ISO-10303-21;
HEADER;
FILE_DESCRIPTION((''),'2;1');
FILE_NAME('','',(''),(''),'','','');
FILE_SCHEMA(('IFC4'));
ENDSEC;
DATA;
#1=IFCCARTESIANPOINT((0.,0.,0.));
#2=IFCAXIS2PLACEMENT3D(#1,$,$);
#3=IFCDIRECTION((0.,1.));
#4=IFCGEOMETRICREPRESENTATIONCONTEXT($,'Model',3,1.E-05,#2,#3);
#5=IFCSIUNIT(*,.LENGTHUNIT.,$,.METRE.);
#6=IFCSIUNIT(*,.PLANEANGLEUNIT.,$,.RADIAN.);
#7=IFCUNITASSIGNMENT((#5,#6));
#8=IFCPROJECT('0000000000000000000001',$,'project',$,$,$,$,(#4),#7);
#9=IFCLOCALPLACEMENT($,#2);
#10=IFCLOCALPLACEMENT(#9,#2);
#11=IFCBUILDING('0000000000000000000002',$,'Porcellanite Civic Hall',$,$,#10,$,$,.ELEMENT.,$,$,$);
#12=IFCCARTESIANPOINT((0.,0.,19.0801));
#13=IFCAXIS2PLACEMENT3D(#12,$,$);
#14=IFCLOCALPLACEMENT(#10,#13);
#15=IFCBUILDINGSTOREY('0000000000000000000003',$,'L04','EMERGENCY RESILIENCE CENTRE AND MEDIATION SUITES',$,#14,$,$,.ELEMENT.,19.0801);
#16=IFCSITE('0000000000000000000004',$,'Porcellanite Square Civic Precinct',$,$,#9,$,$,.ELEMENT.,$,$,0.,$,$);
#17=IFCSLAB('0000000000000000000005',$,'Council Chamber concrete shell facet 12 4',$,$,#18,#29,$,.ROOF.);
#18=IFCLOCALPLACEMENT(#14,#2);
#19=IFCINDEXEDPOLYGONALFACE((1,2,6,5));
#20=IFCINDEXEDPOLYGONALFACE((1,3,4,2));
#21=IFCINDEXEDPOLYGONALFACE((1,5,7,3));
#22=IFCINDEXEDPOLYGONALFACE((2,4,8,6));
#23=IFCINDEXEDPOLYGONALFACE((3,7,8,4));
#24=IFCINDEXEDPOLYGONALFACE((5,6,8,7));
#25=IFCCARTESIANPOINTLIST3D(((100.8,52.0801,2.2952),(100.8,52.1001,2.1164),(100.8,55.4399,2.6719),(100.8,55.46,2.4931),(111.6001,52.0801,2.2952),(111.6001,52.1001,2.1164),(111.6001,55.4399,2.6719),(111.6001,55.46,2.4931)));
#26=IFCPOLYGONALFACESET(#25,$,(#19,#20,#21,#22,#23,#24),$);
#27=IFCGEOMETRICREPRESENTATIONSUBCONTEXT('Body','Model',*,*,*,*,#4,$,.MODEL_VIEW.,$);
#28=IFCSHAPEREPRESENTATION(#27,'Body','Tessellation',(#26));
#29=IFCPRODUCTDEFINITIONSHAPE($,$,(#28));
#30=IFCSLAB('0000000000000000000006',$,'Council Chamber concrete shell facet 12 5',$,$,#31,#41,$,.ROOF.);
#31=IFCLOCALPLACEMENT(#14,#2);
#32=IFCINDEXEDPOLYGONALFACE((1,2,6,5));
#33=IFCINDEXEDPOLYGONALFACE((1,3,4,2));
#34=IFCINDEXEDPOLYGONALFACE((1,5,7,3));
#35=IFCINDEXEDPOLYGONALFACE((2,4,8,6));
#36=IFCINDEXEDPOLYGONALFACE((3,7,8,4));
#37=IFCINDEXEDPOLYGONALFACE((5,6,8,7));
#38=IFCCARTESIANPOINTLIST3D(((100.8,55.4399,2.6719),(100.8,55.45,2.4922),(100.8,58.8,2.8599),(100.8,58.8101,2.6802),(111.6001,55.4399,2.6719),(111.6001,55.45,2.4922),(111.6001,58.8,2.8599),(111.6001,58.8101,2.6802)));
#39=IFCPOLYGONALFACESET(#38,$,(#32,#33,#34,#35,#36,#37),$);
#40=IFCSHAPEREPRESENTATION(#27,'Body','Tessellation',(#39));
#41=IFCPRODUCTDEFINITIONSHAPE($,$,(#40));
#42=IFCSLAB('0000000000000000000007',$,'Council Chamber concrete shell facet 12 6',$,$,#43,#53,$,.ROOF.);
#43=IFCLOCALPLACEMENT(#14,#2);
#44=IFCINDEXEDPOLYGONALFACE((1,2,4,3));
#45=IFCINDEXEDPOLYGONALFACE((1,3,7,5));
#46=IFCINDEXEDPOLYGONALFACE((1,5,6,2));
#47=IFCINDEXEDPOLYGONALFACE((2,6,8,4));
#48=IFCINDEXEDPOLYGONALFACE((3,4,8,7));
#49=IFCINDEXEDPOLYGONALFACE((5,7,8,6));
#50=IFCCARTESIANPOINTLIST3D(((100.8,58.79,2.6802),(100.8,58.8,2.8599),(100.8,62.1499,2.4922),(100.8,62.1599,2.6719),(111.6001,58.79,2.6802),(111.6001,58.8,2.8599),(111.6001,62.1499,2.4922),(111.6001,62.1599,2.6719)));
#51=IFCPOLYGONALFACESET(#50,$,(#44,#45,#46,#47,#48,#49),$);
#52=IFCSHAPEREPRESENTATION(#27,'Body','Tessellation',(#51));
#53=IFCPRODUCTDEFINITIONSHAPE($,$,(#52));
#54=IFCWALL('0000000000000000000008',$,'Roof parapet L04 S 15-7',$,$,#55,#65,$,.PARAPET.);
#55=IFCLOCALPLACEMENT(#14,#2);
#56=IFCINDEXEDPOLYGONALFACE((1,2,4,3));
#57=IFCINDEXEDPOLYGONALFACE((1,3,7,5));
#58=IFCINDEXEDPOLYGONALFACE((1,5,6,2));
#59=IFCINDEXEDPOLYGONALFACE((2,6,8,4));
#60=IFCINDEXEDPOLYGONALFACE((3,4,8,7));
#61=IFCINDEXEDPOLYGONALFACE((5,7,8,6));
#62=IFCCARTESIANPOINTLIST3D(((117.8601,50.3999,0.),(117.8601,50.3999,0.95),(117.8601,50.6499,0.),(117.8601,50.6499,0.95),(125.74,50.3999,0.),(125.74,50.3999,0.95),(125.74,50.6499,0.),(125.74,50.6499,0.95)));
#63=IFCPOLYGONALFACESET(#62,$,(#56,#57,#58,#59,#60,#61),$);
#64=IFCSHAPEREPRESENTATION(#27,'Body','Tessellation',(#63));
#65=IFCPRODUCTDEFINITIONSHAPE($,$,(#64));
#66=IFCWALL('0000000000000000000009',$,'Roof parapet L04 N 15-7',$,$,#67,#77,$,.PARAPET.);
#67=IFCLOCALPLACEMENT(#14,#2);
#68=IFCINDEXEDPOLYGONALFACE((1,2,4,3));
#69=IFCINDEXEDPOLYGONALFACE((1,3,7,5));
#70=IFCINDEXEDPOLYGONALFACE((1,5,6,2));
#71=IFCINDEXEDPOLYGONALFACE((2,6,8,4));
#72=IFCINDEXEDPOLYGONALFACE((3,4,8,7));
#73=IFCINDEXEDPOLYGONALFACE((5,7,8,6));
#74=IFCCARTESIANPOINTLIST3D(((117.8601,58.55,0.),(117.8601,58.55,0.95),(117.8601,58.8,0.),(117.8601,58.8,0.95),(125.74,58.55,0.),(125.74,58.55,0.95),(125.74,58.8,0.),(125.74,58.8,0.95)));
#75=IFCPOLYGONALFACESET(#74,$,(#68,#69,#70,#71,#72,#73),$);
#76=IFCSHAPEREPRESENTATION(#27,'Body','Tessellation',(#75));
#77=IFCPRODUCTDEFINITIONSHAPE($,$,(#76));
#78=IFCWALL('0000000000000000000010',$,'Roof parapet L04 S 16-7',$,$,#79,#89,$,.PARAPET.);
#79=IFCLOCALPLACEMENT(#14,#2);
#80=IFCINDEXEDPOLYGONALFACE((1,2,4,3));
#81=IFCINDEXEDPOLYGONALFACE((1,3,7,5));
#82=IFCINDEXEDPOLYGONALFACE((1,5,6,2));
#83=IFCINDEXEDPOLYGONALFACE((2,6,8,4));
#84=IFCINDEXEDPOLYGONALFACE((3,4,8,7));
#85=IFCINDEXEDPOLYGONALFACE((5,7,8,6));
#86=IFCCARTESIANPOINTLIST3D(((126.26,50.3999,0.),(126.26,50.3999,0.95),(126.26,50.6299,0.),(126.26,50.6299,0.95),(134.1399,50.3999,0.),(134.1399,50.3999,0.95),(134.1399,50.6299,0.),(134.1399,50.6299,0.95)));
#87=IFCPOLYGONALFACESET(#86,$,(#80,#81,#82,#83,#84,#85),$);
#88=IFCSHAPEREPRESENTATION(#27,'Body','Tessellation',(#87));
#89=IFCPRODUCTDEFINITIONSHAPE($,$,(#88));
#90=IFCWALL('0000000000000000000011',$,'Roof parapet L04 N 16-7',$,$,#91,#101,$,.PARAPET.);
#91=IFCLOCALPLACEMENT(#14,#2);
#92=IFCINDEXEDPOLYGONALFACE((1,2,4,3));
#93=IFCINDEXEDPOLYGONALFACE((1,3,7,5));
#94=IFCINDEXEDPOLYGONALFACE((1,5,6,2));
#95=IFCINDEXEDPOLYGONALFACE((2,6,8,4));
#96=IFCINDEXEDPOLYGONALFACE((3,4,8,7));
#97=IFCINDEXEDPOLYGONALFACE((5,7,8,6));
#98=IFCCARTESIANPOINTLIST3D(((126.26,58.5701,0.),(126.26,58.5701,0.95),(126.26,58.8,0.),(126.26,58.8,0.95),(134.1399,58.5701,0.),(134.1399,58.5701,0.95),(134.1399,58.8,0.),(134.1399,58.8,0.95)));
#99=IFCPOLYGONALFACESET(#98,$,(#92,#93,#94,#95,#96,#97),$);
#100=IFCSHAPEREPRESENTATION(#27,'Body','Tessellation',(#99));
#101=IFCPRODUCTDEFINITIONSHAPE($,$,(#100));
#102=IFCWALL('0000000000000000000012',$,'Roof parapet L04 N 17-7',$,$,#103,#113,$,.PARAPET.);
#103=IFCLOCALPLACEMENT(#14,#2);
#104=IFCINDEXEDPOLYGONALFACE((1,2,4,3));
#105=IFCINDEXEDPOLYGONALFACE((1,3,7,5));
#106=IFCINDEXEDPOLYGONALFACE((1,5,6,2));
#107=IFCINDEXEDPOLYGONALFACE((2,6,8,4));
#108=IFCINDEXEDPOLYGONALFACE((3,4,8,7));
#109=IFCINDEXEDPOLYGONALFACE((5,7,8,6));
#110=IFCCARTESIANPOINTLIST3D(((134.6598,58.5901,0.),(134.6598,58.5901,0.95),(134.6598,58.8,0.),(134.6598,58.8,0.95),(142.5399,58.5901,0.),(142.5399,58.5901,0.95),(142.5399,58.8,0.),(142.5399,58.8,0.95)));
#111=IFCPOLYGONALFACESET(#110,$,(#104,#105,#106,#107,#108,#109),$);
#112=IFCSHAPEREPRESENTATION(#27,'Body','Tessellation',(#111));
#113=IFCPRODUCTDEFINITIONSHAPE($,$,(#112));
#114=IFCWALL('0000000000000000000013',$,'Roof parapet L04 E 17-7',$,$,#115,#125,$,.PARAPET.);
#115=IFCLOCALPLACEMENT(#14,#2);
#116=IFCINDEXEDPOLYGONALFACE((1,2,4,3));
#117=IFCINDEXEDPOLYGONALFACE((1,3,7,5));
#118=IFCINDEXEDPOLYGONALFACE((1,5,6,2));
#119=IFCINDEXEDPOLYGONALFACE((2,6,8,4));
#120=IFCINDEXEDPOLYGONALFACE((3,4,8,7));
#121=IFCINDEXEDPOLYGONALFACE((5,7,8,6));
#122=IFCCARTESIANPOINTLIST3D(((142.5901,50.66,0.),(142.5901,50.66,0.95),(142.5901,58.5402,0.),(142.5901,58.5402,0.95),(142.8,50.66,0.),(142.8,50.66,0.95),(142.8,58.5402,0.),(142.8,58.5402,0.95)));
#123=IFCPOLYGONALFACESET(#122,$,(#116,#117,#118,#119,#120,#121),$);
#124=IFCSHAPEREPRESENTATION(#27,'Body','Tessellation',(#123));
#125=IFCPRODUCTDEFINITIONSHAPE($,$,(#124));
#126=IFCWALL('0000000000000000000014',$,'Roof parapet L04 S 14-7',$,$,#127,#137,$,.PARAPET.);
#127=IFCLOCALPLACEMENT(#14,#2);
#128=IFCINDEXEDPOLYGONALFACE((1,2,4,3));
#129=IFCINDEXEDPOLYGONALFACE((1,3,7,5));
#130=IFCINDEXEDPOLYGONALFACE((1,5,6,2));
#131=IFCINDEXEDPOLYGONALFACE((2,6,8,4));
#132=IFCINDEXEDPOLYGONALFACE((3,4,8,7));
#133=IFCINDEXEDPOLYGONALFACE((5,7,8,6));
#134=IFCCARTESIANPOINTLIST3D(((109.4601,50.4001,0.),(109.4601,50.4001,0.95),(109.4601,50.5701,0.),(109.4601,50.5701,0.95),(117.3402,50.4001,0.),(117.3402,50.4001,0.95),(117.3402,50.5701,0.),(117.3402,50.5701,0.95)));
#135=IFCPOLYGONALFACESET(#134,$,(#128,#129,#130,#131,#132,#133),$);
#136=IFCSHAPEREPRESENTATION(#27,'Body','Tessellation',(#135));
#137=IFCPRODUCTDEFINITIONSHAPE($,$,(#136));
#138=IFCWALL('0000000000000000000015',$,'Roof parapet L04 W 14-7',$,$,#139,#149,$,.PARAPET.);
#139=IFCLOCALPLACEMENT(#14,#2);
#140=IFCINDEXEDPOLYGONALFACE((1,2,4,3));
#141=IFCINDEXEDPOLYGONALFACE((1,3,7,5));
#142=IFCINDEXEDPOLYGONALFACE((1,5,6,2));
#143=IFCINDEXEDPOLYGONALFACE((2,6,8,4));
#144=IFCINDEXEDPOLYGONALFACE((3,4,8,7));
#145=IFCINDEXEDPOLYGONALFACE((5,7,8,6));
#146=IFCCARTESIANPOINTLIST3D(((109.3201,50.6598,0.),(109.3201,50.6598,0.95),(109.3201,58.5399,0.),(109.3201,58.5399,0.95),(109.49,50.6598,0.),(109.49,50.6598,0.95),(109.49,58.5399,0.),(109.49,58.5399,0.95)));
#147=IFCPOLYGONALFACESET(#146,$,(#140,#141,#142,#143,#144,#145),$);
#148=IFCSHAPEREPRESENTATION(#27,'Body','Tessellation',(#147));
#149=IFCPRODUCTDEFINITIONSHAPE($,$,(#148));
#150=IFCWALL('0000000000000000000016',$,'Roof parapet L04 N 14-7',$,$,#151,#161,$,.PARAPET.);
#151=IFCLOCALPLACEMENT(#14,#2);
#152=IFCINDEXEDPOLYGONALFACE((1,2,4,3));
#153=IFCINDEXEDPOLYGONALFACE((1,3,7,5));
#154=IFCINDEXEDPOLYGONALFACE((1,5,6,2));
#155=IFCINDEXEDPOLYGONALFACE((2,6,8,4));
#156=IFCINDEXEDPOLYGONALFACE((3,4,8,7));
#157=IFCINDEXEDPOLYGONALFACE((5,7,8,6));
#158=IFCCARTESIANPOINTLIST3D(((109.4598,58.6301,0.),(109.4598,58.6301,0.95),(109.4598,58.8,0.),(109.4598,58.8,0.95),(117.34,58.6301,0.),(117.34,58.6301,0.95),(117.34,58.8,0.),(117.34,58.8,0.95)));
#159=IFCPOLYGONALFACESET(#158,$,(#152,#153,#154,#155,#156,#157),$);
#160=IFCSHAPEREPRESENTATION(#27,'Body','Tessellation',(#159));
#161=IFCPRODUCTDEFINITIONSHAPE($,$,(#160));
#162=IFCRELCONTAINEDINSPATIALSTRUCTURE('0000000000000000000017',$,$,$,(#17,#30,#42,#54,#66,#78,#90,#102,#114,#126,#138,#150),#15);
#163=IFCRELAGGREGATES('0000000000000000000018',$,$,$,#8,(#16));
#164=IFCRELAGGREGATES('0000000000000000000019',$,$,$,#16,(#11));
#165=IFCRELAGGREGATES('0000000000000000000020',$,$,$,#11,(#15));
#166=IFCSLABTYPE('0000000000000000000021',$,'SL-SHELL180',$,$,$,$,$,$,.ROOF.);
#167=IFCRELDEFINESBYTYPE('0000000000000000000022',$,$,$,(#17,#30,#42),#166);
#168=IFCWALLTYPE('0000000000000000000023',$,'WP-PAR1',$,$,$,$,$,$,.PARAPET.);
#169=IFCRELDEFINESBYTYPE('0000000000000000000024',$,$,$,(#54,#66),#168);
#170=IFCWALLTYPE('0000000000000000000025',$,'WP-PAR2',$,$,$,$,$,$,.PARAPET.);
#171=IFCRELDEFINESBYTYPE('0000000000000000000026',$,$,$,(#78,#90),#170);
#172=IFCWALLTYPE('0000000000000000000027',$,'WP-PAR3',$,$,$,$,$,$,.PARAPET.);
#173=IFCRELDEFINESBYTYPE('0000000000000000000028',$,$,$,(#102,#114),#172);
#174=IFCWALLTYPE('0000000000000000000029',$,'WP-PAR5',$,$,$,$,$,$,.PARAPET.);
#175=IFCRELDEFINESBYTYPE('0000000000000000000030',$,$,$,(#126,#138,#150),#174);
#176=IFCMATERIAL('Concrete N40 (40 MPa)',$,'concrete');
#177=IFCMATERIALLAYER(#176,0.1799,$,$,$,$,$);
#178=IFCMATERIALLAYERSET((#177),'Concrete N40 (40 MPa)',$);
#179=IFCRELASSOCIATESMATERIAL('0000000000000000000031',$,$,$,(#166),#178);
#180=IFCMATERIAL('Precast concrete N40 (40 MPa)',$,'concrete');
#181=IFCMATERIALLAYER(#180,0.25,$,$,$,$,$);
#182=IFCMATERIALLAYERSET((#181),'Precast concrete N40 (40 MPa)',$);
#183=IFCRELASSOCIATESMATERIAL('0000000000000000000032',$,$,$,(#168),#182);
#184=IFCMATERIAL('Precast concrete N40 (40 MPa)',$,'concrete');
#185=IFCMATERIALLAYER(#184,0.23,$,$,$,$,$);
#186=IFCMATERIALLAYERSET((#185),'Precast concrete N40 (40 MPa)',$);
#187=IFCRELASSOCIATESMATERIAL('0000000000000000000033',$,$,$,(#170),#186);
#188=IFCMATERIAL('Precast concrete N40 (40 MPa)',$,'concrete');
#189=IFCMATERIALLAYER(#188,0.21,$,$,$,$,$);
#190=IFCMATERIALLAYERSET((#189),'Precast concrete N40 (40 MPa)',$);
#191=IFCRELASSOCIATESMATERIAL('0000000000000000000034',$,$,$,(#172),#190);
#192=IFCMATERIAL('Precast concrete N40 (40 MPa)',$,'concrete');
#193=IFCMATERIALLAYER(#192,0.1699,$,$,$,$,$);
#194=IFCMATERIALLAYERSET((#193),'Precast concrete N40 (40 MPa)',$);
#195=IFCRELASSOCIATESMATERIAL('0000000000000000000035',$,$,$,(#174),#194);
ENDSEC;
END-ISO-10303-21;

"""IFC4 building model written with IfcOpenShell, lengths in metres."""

from ifc_helpers import new_model, si_unit, direction, frame, frame_2d, origin, place, context, subcontext, project, spatial, polyline, rectangle, outline, extrude, material, layer, layer_set, type_object, element, save


model = new_model("IFC4")

# Units and contexts
model_context = context("Model", 3, precision=1e-05, world=origin(), true_north=direction((0.0, 1.0)))
body_context = subcontext(model_context, "Body", "Model", "MODEL_VIEW")
ifc_project = project(units=[si_unit("LENGTHUNIT", "METRE"), si_unit("PLANEANGLEUNIT", "RADIAN")], contexts=[model_context])

# Site, building, storey
site_placement = place(None, origin())
site = spatial("IfcSite", under=ifc_project, at=site_placement, Name="Porcellanite Square Civic Precinct", CompositionType="ELEMENT", RefElevation=0.0)
building_placement = place(site_placement, origin())
building = spatial("IfcBuilding", under=site, at=building_placement, Name="Porcellanite Civic Hall", CompositionType="ELEMENT")
storey_placement = place(building_placement, frame((0.0, 0.0, 19.0801)))
storey = spatial("IfcBuildingStorey", under=building, at=storey_placement, Name="L04", Description="EMERGENCY RESILIENCE CENTRE AND MEDIATION SUITES", CompositionType="ELEMENT", Elevation=19.0801)

# Slabs
ifc_material_1 = material(Name="Concrete N40 (40 MPa)", Category="concrete")
ifc_layer_1 = layer(ifc_material_1, 0.1799)
ifc_layer_set_1 = layer_set([ifc_layer_1], Name="Concrete N40 (40 MPa)")
slab_type_1 = type_object("IfcSlabType", Name="SL-SHELL180", PredefinedType="ROOF", material=ifc_layer_set_1)
slab_1_placement = place(storey_placement, frame((100.8, 52.0801, 2.2952), z_axis=(0.0, -0.111422, 0.993773), x_axis=(1.0, 0.0, 0.0)))
element("IfcSlab", 1, at=slab_1_placement, inside=storey, type_object=slab_type_1, Name="Council Chamber concrete shell facet 12 4", PredefinedType="ROOF", context=body_context, shape_type="SweptSolid", body=[
    extrude(outline(polyline([(0.0, 0.0), (10.8, 0.0), (10.8, 3.3809), (0.0, 3.3809), (0.0, 0.0)])), origin(), (0.0, 0.0, -1.0), 0.1799),
])
slab_2_placement = place(storey_placement, frame((100.8, 55.4399, 2.6719), z_axis=(0.0, -0.05586, 0.998439), x_axis=(1.0, 0.0, 0.0)))
element("IfcSlab", 2, at=slab_2_placement, inside=storey, type_object=slab_type_1, Name="Council Chamber concrete shell facet 12 5", PredefinedType="ROOF", context=body_context, shape_type="SweptSolid", body=[
    extrude(outline(polyline([(0.0, 0.0), (10.8, 0.0), (10.8, 3.3654), (0.0, 3.3654), (0.0, 0.0)])), origin(), (0.0, 0.0, -1.0), 0.1799),
])
slab_3_placement = place(storey_placement, frame((100.8, 58.8, 2.8599), z_axis=(0.0, 0.055864, 0.998438), x_axis=(1.0, 0.0, 0.0)))
element("IfcSlab", 3, at=slab_3_placement, inside=storey, type_object=slab_type_1, Name="Council Chamber concrete shell facet 12 6", PredefinedType="ROOF", context=body_context, shape_type="SweptSolid", body=[
    extrude(outline(polyline([(0.0, 0.0), (10.8, 0.0), (10.8, 3.3651), (0.0, 3.3651), (0.0, 0.0)])), origin(), (0.0, 0.0, -1.0), 0.1799),
])

# Walls
ifc_material_2 = material(Name="Precast concrete N40 (40 MPa)", Category="concrete")
ifc_layer_2 = layer(ifc_material_2, 0.25)
ifc_layer_set_2 = layer_set([ifc_layer_2], Name="Precast concrete N40 (40 MPa)")
wall_type_1 = type_object("IfcWallType", Name="WP-PAR1", PredefinedType="PARAPET", material=ifc_layer_set_2)
for number, where, z_axis, x_axis, name in (
    (4, (125.74, 50.5249, 0.0), (0.0, 0.0, 1.0), (-1.0, 0.0, 0.0), "Roof parapet L04 S 15-7"),
    (5, (117.8601, 58.675, 0.0), (0.0, 0.0, 1.0), (1.0, 0.0, 0.0), "Roof parapet L04 N 15-7"),
):
    element("IfcWall", number, at=place(storey_placement, frame(where, z_axis=z_axis, x_axis=x_axis)), inside=storey, type_object=wall_type_1, Name=name, PredefinedType="PARAPET", context=body_context, shape_type="SweptSolid", body=[
        extrude(rectangle(XDim=7.8799, YDim=0.25, at=frame_2d((3.9399, 0.0))), origin(), (0.0, 0.0, 1.0), 0.95),
    ])
ifc_material_3 = material(Name="Precast concrete N40 (40 MPa)", Category="concrete")
ifc_layer_3 = layer(ifc_material_3, 0.23)
ifc_layer_set_3 = layer_set([ifc_layer_3], Name="Precast concrete N40 (40 MPa)")
wall_type_2 = type_object("IfcWallType", Name="WP-PAR2", PredefinedType="PARAPET", material=ifc_layer_set_3)
for number, where, z_axis, x_axis, name in (
    (6, (134.1399, 50.5149, 0.0), (0.0, 0.0, 1.0), (-1.0, 0.0, 0.0), "Roof parapet L04 S 16-7"),
    (7, (126.26, 58.6851, 0.0), (0.0, 0.0, 1.0), (1.0, 0.0, 0.0), "Roof parapet L04 N 16-7"),
):
    element("IfcWall", number, at=place(storey_placement, frame(where, z_axis=z_axis, x_axis=x_axis)), inside=storey, type_object=wall_type_2, Name=name, PredefinedType="PARAPET", context=body_context, shape_type="SweptSolid", body=[
        extrude(rectangle(XDim=7.8799, YDim=0.23, at=frame_2d((3.9399, 0.0))), origin(), (0.0, 0.0, 1.0), 0.95),
    ])
ifc_material_4 = material(Name="Precast concrete N40 (40 MPa)", Category="concrete")
ifc_layer_4 = layer(ifc_material_4, 0.21)
ifc_layer_set_4 = layer_set([ifc_layer_4], Name="Precast concrete N40 (40 MPa)")
wall_type_3 = type_object("IfcWallType", Name="WP-PAR3", PredefinedType="PARAPET", material=ifc_layer_set_4)
for number, where, z_axis, x_axis, name in (
    (8, (134.6599, 58.6951, 0.0), (0.0, 0.0, 1.0), (1.0, 0.0, 0.0), "Roof parapet L04 N 17-7"),
    (9, (142.6951, 58.54, 0.0), (0.0, 0.0, 1.0), (0.0, -1.0, 0.0), "Roof parapet L04 E 17-7"),
):
    element("IfcWall", number, at=place(storey_placement, frame(where, z_axis=z_axis, x_axis=x_axis)), inside=storey, type_object=wall_type_3, Name=name, PredefinedType="PARAPET", context=body_context, shape_type="SweptSolid", body=[
        extrude(rectangle(XDim=7.8801, YDim=0.21, at=frame_2d((3.9399, 0.0))), origin(), (0.0, 0.0, 1.0), 0.95),
    ])
ifc_material_5 = material(Name="Precast concrete N40 (40 MPa)", Category="concrete")
ifc_layer_5 = layer(ifc_material_5, 0.1699)
ifc_layer_set_5 = layer_set([ifc_layer_5], Name="Precast concrete N40 (40 MPa)")
wall_type_4 = type_object("IfcWallType", Name="WP-PAR5", PredefinedType="PARAPET", material=ifc_layer_set_5)
for number, where, z_axis, x_axis, name in (
    (10, (117.3401, 50.4851, 0.0), (0.0, 0.0, 1.0), (-1.0, 0.0, 0.0), "Roof parapet L04 S 14-7"),
    (11, (109.405, 50.6599, 0.0), (0.0, 0.0, 1.0), (0.0, 1.0, 0.0), "Roof parapet L04 W 14-7"),
    (12, (109.46, 58.7151, 0.0), (0.0, 0.0, 1.0), (1.0, 0.0, 0.0), "Roof parapet L04 N 14-7"),
):
    element("IfcWall", number, at=place(storey_placement, frame(where, z_axis=z_axis, x_axis=x_axis)), inside=storey, type_object=wall_type_4, Name=name, PredefinedType="PARAPET", context=body_context, shape_type="SweptSolid", body=[
        extrude(rectangle(XDim=7.8801, YDim=0.1699, at=frame_2d((3.9399, 0.0))), origin(), (0.0, 0.0, 1.0), 0.95),
    ])

save(model, "model.ifc")
